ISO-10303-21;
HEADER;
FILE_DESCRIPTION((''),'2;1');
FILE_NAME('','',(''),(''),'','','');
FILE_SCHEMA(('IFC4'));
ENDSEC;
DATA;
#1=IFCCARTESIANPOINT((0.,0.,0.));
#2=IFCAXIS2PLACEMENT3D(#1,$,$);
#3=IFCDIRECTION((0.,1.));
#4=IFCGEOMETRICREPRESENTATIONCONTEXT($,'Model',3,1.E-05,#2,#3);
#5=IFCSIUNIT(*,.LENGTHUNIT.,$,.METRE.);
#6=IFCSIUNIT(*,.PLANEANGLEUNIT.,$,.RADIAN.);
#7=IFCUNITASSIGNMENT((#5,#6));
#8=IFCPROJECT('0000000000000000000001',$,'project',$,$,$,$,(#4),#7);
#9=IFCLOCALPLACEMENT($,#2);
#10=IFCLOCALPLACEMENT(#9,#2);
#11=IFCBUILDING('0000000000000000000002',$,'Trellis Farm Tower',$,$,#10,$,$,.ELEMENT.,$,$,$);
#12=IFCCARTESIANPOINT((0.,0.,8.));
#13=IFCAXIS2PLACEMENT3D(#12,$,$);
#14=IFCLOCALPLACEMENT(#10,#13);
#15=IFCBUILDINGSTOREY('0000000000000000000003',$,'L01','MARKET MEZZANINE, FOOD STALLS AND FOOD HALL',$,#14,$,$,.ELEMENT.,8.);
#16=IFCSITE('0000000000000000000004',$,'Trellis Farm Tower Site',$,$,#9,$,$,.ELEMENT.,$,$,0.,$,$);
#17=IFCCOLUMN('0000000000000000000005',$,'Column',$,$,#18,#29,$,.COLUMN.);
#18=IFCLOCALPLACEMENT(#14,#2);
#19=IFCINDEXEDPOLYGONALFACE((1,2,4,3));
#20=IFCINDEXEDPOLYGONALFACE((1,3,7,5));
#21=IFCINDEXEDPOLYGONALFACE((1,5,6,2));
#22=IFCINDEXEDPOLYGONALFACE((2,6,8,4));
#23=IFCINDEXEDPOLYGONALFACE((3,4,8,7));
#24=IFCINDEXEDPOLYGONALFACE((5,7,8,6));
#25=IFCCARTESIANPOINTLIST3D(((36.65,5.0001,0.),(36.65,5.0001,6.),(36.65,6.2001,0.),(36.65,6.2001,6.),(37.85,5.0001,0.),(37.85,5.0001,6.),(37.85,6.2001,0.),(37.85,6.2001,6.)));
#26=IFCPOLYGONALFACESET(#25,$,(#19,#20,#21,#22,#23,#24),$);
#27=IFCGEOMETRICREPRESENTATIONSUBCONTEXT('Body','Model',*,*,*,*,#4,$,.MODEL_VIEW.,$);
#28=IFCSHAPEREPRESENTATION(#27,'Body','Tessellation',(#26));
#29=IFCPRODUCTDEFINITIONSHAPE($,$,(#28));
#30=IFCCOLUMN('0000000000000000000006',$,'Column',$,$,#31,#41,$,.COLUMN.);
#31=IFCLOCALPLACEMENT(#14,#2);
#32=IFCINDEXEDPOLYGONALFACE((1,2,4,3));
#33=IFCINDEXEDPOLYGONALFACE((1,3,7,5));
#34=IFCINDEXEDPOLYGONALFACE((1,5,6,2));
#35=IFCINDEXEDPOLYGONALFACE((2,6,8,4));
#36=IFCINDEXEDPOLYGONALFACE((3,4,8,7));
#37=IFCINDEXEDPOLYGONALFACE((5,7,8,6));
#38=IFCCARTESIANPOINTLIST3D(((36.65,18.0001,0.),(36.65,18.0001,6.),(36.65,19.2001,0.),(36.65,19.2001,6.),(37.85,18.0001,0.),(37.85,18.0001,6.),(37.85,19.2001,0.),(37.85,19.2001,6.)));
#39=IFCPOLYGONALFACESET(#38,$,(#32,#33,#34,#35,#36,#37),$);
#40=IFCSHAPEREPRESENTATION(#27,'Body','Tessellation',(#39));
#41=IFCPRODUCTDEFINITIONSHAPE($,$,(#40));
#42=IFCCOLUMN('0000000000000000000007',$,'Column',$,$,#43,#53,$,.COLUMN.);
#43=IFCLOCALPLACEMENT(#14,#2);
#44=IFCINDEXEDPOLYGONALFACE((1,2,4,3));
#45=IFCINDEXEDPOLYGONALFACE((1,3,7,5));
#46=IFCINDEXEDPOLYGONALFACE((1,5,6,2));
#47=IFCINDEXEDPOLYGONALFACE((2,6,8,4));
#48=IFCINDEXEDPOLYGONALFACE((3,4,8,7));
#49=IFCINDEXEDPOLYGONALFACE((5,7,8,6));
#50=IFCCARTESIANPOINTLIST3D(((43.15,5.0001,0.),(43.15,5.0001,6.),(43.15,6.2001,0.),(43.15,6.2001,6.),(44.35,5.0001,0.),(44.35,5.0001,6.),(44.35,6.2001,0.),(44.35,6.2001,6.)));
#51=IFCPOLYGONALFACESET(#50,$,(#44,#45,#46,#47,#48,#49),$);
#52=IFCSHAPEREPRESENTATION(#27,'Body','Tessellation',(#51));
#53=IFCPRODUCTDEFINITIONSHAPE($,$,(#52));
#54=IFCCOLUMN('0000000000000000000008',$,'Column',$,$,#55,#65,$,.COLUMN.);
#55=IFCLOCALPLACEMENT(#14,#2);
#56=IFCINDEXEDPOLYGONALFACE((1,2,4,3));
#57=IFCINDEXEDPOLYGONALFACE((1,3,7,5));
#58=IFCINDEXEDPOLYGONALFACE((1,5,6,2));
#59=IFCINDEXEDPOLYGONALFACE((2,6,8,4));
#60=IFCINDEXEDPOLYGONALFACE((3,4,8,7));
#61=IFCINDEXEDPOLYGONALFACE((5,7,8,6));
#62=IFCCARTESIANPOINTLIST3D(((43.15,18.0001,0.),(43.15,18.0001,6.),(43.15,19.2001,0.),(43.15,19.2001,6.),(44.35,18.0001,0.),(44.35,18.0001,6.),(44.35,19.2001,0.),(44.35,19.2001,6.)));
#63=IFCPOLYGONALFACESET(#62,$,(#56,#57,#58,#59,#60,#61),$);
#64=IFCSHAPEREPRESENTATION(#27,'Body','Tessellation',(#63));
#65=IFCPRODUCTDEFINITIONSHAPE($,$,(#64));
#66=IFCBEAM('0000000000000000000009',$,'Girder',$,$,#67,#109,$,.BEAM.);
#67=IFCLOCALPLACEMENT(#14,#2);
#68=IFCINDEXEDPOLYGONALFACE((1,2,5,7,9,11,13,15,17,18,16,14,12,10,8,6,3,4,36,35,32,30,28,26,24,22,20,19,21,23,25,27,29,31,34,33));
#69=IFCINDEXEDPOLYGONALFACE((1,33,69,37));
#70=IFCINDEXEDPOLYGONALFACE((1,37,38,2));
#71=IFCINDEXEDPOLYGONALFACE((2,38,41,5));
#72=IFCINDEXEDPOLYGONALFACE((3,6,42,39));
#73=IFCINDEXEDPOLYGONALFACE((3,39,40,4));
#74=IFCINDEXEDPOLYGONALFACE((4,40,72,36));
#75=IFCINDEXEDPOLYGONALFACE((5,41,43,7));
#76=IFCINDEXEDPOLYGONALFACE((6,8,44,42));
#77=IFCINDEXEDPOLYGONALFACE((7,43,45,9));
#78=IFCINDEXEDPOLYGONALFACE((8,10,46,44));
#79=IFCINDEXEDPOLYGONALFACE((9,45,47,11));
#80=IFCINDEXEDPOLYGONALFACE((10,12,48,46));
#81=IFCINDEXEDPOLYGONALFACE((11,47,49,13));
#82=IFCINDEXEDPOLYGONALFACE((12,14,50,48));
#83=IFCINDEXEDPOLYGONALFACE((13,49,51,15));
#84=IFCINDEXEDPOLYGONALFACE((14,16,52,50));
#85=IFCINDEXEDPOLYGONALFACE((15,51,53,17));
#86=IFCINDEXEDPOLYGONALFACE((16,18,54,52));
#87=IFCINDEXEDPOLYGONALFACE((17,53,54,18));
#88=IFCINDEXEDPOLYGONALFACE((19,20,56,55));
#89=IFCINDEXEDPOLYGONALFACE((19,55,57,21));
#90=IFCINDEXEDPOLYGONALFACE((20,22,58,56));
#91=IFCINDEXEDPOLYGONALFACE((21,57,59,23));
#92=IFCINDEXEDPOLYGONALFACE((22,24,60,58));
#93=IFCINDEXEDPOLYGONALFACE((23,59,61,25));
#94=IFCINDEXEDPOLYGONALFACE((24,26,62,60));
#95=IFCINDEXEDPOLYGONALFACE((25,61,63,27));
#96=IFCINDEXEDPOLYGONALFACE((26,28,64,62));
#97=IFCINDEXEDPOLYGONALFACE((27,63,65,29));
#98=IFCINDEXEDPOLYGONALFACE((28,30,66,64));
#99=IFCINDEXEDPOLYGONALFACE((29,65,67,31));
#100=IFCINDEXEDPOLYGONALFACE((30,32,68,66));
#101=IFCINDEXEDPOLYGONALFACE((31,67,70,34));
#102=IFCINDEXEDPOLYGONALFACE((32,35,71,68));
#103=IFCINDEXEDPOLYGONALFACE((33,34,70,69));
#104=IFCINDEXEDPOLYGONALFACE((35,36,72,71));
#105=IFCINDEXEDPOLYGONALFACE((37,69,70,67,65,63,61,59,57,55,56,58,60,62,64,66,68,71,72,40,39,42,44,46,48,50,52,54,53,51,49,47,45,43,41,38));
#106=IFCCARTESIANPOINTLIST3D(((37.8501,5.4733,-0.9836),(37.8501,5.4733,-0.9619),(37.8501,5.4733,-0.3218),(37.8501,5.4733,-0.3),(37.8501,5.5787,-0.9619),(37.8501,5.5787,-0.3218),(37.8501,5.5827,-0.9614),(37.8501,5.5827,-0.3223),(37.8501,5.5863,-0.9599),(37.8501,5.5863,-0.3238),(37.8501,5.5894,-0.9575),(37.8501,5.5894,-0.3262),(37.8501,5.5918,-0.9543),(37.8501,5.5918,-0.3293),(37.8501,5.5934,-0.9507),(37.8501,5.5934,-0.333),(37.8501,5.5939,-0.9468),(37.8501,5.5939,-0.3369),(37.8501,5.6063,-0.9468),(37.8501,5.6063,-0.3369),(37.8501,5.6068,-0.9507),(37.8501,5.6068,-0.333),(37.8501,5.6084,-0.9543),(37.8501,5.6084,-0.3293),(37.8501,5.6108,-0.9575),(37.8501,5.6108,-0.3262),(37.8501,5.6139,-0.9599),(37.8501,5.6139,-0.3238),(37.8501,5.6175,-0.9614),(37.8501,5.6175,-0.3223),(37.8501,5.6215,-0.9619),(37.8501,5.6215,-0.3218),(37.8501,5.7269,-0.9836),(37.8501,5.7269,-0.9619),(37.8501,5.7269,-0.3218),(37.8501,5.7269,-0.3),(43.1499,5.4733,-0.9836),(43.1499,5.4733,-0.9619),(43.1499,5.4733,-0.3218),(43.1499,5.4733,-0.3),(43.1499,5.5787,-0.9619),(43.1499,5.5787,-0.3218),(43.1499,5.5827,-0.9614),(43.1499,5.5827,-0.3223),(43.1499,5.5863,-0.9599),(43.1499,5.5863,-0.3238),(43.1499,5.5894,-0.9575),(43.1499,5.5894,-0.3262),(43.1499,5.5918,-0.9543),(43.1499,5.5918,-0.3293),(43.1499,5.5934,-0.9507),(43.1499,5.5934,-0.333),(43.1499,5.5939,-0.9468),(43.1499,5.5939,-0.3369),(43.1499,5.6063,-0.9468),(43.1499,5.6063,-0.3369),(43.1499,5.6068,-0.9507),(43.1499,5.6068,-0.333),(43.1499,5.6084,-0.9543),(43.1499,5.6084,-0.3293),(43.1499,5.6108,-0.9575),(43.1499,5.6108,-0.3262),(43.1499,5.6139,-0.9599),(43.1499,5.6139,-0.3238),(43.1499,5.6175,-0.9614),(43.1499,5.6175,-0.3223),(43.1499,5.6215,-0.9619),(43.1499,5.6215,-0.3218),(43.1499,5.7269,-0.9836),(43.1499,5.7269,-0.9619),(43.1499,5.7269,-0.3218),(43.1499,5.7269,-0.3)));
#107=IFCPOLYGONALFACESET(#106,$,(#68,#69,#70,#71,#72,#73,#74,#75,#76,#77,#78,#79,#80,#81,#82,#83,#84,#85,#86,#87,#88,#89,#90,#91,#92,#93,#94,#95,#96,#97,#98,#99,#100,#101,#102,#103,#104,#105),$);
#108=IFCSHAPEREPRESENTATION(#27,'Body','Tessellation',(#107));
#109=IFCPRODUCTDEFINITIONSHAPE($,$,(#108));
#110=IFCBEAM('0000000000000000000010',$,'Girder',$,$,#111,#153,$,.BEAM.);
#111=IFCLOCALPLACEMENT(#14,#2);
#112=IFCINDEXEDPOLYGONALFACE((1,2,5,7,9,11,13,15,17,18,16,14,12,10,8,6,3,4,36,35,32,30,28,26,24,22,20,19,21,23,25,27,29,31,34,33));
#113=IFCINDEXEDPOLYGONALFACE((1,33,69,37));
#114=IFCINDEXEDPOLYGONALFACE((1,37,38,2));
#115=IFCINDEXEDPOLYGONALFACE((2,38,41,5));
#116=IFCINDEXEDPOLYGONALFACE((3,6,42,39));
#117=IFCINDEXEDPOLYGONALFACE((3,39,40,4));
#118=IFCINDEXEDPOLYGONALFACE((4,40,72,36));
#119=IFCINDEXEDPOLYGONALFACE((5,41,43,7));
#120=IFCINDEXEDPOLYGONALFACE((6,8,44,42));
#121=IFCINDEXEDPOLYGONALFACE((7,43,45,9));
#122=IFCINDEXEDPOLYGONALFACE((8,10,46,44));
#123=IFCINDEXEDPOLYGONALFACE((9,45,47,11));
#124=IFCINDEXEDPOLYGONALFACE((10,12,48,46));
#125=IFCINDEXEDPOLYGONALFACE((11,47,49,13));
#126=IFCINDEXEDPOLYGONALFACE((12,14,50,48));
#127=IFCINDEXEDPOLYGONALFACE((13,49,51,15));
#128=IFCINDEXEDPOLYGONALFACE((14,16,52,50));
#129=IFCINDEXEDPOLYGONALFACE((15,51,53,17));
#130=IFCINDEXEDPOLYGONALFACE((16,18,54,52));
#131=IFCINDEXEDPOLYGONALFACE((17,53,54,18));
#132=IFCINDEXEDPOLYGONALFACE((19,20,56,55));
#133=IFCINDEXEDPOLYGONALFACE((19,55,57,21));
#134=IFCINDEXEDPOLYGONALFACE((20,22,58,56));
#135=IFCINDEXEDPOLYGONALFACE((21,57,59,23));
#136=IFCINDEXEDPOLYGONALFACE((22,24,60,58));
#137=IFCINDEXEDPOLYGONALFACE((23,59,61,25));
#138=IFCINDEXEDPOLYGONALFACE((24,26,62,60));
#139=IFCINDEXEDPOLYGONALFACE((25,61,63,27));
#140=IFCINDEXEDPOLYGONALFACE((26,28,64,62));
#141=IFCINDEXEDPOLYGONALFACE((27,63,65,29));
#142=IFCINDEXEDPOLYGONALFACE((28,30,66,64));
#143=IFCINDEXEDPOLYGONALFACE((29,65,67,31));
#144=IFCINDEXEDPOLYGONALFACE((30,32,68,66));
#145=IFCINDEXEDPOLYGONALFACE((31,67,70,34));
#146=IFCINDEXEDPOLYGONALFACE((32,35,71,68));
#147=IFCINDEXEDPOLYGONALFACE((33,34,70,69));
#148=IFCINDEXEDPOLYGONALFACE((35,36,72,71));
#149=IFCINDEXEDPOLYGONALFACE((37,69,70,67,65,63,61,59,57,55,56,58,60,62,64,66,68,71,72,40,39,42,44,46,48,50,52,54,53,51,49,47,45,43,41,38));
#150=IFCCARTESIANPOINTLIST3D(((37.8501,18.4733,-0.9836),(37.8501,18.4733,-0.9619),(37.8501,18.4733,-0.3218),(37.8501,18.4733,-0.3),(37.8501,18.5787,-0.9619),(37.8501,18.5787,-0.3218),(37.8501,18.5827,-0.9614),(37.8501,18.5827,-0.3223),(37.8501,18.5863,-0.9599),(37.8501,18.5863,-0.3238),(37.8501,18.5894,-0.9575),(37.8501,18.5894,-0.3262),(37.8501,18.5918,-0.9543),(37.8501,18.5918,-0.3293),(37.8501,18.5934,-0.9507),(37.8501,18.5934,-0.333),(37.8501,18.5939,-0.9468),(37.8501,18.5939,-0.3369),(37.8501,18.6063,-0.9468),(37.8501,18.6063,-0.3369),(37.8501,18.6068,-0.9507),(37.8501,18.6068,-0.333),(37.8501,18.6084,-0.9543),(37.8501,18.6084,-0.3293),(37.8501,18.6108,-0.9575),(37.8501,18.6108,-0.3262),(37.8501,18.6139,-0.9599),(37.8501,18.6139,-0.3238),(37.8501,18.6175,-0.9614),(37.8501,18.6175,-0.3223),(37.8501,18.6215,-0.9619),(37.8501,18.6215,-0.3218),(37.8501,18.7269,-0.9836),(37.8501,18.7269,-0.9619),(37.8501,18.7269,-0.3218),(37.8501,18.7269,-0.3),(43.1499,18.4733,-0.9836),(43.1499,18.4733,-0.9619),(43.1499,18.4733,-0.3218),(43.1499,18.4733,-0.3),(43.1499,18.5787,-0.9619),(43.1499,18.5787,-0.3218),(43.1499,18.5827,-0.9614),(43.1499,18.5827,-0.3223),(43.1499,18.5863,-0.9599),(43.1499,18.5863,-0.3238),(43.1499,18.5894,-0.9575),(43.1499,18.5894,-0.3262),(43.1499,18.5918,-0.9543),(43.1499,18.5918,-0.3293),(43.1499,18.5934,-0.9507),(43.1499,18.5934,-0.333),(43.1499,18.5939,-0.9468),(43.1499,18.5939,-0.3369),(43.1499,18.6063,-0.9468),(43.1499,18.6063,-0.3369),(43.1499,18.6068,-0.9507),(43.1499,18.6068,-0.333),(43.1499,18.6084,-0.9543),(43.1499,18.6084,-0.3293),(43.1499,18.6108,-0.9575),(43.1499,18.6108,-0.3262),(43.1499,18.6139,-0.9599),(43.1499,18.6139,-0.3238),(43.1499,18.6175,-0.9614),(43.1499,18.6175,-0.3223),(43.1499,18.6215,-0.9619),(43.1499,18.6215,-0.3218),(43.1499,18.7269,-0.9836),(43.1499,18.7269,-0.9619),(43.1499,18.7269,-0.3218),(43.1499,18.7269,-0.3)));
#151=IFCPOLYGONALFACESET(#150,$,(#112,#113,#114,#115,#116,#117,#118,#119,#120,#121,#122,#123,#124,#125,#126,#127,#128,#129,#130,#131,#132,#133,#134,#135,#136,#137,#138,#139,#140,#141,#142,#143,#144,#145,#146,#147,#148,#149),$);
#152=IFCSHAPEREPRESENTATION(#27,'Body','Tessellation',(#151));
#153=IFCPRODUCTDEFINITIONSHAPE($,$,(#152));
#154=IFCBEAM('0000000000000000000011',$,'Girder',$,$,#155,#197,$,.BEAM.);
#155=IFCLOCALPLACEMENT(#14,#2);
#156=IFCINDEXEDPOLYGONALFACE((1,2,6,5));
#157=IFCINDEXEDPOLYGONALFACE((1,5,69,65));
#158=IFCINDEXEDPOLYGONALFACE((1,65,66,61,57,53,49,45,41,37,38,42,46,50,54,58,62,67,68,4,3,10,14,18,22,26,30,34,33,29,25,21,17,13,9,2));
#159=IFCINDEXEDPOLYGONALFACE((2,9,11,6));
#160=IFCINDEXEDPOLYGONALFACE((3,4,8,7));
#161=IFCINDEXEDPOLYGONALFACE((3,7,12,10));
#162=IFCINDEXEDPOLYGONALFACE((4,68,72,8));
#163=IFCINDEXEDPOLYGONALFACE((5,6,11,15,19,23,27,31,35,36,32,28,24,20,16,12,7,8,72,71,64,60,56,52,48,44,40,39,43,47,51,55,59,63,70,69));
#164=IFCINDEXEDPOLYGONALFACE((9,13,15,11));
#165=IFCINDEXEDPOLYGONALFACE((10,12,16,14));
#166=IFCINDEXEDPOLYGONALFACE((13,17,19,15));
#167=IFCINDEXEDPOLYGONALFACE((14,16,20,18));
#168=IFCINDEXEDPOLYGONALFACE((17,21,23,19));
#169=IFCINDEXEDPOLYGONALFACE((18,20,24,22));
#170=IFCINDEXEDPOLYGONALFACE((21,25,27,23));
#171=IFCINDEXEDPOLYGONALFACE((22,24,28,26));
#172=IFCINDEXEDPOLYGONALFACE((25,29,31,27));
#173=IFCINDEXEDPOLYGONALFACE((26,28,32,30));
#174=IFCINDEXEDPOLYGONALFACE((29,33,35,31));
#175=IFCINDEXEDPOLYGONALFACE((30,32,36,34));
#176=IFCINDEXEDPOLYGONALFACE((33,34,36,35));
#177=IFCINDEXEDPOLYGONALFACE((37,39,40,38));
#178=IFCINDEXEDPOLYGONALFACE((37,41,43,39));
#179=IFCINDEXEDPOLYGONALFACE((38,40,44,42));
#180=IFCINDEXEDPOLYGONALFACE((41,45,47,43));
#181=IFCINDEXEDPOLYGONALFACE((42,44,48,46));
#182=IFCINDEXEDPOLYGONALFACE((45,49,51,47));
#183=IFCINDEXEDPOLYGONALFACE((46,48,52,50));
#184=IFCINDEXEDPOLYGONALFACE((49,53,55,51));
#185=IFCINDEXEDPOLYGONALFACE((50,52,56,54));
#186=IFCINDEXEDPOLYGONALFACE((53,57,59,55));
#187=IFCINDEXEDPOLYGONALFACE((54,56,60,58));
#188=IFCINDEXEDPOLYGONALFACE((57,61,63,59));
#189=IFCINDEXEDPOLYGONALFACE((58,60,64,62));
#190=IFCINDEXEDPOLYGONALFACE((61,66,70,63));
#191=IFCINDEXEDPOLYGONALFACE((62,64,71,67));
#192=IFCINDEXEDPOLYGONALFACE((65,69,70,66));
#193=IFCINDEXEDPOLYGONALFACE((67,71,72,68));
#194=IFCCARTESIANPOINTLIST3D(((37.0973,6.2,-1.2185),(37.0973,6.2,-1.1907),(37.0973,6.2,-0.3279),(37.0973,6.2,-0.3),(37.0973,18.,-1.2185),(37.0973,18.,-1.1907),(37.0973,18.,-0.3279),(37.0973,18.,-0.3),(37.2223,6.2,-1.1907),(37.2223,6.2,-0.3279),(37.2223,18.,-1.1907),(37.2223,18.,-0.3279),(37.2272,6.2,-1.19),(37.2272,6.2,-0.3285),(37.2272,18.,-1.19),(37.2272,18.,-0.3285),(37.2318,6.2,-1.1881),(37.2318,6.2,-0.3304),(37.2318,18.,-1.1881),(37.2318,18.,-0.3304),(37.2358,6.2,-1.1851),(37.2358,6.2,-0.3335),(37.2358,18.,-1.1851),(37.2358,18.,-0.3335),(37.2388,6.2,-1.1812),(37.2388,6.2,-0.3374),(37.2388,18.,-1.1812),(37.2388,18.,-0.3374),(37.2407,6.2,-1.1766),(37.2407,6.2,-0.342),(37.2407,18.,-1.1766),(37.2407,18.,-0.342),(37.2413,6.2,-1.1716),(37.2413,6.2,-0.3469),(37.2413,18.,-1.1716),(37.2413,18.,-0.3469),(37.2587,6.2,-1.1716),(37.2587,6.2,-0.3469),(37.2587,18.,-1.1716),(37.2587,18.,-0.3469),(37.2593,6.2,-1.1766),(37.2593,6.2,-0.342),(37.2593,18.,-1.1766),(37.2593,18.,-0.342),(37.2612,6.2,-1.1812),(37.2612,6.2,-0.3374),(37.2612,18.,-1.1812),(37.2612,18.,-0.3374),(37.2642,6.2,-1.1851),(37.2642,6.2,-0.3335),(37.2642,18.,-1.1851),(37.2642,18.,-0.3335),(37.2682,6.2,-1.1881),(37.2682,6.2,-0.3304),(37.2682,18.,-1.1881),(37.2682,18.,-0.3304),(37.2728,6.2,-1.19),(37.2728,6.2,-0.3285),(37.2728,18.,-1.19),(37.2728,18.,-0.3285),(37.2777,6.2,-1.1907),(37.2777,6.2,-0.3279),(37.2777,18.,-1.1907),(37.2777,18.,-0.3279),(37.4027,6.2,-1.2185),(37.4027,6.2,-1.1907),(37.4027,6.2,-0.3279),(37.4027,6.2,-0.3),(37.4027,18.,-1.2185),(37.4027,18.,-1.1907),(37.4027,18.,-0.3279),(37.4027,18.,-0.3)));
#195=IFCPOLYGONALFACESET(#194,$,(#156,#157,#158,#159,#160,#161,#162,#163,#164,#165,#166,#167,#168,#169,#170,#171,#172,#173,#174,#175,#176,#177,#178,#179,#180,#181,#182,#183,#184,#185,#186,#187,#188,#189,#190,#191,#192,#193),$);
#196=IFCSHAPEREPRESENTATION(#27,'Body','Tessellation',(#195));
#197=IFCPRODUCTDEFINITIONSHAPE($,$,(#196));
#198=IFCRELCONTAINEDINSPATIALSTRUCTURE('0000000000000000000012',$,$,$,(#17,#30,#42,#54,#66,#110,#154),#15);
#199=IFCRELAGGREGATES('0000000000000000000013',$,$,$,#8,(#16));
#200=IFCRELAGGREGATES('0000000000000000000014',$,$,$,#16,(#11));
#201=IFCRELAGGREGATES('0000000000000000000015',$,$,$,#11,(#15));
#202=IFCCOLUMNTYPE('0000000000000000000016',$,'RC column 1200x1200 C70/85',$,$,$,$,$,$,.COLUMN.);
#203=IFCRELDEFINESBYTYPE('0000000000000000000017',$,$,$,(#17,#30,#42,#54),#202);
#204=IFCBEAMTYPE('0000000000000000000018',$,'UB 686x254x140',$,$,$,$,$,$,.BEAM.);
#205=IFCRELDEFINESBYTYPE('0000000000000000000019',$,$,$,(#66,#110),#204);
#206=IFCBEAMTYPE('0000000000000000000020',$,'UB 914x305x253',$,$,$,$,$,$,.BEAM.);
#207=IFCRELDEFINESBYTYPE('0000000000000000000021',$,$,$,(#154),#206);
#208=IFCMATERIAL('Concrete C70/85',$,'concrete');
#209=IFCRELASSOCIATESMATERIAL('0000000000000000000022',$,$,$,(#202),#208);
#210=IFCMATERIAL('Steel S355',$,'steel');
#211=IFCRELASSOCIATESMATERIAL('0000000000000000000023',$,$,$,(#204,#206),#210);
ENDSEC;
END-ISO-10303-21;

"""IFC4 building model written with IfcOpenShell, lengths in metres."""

from ifc_helpers import new_model, si_unit, direction, frame, origin, origin_2d, place, context, subcontext, project, spatial, rectangle, i_section, extrude, source, transform, mapped, material, material_profile, profile_set, type_object, element, save


model = new_model("IFC4")

# Units and contexts
model_context = context("Model", 3, precision=1e-05, world=origin(), true_north=direction((0.0, 1.0)))
body_context = subcontext(model_context, "Body", "Model", "MODEL_VIEW")
ifc_project = project(units=[si_unit("LENGTHUNIT", "METRE"), si_unit("PLANEANGLEUNIT", "RADIAN")], contexts=[model_context])

# Site, building, storey
site_placement = place(None, origin())
site = spatial("IfcSite", under=ifc_project, at=site_placement, Name="Trellis Farm Tower Site", CompositionType="ELEMENT", RefElevation=0.0)
building_placement = place(site_placement, origin())
building = spatial("IfcBuilding", under=site, at=building_placement, Name="Trellis Farm Tower", CompositionType="ELEMENT")
storey_placement = place(building_placement, frame((0.0, 0.0, 8.0)))
storey = spatial("IfcBuildingStorey", under=building, at=storey_placement, Name="L01", Description="MARKET MEZZANINE, FOOD STALLS AND FOOD HALL", CompositionType="ELEMENT", Elevation=8.0)

# Columns
ifc_material_1 = material(Name="Concrete C70/85", Category="concrete")
ifc_material_profile_1 = material_profile(ifc_material_1, rectangle(XDim=1.2, YDim=1.2, at=origin_2d()), Name="RC column 1200x1200 C70/85")
ifc_profile_set_1 = profile_set([ifc_material_profile_1], Name="Concrete C70/85")
column_type = type_object("IfcColumnType", Name="RC column 1200x1200 C70/85", PredefinedType="COLUMN", material=ifc_profile_set_1)
shared_shape_1 = source(origin(), body_context, "Body", "SweptSolid", [
    extrude(rectangle(XDim=1.2, YDim=1.2, at=origin_2d()), origin(), (0.0, 0.0, 1.0), 6.0),
])
for number, where, z_axis, x_axis, name in (
    (1, (37.25, 5.6001, 0.0), (0.0, 0.0, 1.0), (1.0, 0.0, 0.0), "Column"),
    (2, (37.25, 18.6001, 0.0), (0.0, 0.0, 1.0), (1.0, 0.0, 0.0), "Column"),
    (3, (43.75, 5.6001, 0.0), (0.0, 0.0, 1.0), (1.0, 0.0, 0.0), "Column"),
    (4, (43.75, 18.6001, 0.0), (0.0, 0.0, 1.0), (1.0, 0.0, 0.0), "Column"),
):
    element("IfcColumn", number, at=place(storey_placement, frame(where, z_axis=z_axis, x_axis=x_axis)), inside=storey, type_object=column_type, Name=name, PredefinedType="COLUMN", context=body_context, shape_type="MappedRepresentation", body=[
        mapped(shared_shape_1, transform((0.0, 0.0, 0.0))),
    ])

# Beams
ifc_material_2 = material(Name="Steel S355", Category="steel")
ifc_material_profile_2 = material_profile(ifc_material_2, i_section(OverallWidth=0.2537, OverallDepth=0.6836, WebThickness=0.0125, FlangeThickness=0.0217, FilletRadius=0.0151, at=origin_2d()), Name="UB 686x254x140")
ifc_profile_set_2 = profile_set([ifc_material_profile_2], Name="Steel S355")
beam_type_1 = type_object("IfcBeamType", Name="UB 686x254x140", PredefinedType="BEAM", material=ifc_profile_set_2)
shared_shape_2 = source(origin(), body_context, "Body", "SweptSolid", [
    extrude(i_section(OverallWidth=0.2537, OverallDepth=0.6836, WebThickness=0.0125, FlangeThickness=0.0217, FilletRadius=0.0151, at=origin_2d()), origin(), (0.0, 0.0, 1.0), 5.2998),
])
for number, where, z_axis, x_axis, name in (
    (5, (37.8501, 5.6001, -0.6418), (1.0, 0.0, 0.0), (0.0, 1.0, 0.0), "Girder"),
    (6, (37.8501, 18.6001, -0.6418), (1.0, 0.0, 0.0), (0.0, 1.0, 0.0), "Girder"),
):
    element("IfcBeam", number, at=place(storey_placement, frame(where, z_axis=z_axis, x_axis=x_axis)), inside=storey, type_object=beam_type_1, Name=name, PredefinedType="BEAM", context=body_context, shape_type="MappedRepresentation", body=[
        mapped(shared_shape_2, transform((0.0, 0.0, 0.0))),
    ])
ifc_material_profile_3 = material_profile(ifc_material_2, i_section(OverallWidth=0.3054, OverallDepth=0.9185, WebThickness=0.0173, FlangeThickness=0.0278, FilletRadius=0.019, at=origin_2d()), Name="UB 914x305x253")
ifc_profile_set_3 = profile_set([ifc_material_profile_3], Name="Steel S355")
beam_type_2 = type_object("IfcBeamType", Name="UB 914x305x253", PredefinedType="BEAM", material=ifc_profile_set_3)
shared_shape_3 = source(origin(), body_context, "Body", "SweptSolid", [
    extrude(i_section(OverallWidth=0.3054, OverallDepth=0.9185, WebThickness=0.0173, FlangeThickness=0.0278, FilletRadius=0.019, at=origin_2d()), origin(), (0.0, 0.0, 1.0), 11.8),
])
for number, where, z_axis, x_axis, name in (
    (7, (37.25, 6.2, -0.7593), (0.0, 1.0, 0.0), (-1.0, 0.0, 0.0), "Girder"),
):
    element("IfcBeam", number, at=place(storey_placement, frame(where, z_axis=z_axis, x_axis=x_axis)), inside=storey, type_object=beam_type_2, Name=name, PredefinedType="BEAM", context=body_context, shape_type="MappedRepresentation", body=[
        mapped(shared_shape_3, transform((0.0, 0.0, 0.0))),
    ])

save(model, "model.ifc")
